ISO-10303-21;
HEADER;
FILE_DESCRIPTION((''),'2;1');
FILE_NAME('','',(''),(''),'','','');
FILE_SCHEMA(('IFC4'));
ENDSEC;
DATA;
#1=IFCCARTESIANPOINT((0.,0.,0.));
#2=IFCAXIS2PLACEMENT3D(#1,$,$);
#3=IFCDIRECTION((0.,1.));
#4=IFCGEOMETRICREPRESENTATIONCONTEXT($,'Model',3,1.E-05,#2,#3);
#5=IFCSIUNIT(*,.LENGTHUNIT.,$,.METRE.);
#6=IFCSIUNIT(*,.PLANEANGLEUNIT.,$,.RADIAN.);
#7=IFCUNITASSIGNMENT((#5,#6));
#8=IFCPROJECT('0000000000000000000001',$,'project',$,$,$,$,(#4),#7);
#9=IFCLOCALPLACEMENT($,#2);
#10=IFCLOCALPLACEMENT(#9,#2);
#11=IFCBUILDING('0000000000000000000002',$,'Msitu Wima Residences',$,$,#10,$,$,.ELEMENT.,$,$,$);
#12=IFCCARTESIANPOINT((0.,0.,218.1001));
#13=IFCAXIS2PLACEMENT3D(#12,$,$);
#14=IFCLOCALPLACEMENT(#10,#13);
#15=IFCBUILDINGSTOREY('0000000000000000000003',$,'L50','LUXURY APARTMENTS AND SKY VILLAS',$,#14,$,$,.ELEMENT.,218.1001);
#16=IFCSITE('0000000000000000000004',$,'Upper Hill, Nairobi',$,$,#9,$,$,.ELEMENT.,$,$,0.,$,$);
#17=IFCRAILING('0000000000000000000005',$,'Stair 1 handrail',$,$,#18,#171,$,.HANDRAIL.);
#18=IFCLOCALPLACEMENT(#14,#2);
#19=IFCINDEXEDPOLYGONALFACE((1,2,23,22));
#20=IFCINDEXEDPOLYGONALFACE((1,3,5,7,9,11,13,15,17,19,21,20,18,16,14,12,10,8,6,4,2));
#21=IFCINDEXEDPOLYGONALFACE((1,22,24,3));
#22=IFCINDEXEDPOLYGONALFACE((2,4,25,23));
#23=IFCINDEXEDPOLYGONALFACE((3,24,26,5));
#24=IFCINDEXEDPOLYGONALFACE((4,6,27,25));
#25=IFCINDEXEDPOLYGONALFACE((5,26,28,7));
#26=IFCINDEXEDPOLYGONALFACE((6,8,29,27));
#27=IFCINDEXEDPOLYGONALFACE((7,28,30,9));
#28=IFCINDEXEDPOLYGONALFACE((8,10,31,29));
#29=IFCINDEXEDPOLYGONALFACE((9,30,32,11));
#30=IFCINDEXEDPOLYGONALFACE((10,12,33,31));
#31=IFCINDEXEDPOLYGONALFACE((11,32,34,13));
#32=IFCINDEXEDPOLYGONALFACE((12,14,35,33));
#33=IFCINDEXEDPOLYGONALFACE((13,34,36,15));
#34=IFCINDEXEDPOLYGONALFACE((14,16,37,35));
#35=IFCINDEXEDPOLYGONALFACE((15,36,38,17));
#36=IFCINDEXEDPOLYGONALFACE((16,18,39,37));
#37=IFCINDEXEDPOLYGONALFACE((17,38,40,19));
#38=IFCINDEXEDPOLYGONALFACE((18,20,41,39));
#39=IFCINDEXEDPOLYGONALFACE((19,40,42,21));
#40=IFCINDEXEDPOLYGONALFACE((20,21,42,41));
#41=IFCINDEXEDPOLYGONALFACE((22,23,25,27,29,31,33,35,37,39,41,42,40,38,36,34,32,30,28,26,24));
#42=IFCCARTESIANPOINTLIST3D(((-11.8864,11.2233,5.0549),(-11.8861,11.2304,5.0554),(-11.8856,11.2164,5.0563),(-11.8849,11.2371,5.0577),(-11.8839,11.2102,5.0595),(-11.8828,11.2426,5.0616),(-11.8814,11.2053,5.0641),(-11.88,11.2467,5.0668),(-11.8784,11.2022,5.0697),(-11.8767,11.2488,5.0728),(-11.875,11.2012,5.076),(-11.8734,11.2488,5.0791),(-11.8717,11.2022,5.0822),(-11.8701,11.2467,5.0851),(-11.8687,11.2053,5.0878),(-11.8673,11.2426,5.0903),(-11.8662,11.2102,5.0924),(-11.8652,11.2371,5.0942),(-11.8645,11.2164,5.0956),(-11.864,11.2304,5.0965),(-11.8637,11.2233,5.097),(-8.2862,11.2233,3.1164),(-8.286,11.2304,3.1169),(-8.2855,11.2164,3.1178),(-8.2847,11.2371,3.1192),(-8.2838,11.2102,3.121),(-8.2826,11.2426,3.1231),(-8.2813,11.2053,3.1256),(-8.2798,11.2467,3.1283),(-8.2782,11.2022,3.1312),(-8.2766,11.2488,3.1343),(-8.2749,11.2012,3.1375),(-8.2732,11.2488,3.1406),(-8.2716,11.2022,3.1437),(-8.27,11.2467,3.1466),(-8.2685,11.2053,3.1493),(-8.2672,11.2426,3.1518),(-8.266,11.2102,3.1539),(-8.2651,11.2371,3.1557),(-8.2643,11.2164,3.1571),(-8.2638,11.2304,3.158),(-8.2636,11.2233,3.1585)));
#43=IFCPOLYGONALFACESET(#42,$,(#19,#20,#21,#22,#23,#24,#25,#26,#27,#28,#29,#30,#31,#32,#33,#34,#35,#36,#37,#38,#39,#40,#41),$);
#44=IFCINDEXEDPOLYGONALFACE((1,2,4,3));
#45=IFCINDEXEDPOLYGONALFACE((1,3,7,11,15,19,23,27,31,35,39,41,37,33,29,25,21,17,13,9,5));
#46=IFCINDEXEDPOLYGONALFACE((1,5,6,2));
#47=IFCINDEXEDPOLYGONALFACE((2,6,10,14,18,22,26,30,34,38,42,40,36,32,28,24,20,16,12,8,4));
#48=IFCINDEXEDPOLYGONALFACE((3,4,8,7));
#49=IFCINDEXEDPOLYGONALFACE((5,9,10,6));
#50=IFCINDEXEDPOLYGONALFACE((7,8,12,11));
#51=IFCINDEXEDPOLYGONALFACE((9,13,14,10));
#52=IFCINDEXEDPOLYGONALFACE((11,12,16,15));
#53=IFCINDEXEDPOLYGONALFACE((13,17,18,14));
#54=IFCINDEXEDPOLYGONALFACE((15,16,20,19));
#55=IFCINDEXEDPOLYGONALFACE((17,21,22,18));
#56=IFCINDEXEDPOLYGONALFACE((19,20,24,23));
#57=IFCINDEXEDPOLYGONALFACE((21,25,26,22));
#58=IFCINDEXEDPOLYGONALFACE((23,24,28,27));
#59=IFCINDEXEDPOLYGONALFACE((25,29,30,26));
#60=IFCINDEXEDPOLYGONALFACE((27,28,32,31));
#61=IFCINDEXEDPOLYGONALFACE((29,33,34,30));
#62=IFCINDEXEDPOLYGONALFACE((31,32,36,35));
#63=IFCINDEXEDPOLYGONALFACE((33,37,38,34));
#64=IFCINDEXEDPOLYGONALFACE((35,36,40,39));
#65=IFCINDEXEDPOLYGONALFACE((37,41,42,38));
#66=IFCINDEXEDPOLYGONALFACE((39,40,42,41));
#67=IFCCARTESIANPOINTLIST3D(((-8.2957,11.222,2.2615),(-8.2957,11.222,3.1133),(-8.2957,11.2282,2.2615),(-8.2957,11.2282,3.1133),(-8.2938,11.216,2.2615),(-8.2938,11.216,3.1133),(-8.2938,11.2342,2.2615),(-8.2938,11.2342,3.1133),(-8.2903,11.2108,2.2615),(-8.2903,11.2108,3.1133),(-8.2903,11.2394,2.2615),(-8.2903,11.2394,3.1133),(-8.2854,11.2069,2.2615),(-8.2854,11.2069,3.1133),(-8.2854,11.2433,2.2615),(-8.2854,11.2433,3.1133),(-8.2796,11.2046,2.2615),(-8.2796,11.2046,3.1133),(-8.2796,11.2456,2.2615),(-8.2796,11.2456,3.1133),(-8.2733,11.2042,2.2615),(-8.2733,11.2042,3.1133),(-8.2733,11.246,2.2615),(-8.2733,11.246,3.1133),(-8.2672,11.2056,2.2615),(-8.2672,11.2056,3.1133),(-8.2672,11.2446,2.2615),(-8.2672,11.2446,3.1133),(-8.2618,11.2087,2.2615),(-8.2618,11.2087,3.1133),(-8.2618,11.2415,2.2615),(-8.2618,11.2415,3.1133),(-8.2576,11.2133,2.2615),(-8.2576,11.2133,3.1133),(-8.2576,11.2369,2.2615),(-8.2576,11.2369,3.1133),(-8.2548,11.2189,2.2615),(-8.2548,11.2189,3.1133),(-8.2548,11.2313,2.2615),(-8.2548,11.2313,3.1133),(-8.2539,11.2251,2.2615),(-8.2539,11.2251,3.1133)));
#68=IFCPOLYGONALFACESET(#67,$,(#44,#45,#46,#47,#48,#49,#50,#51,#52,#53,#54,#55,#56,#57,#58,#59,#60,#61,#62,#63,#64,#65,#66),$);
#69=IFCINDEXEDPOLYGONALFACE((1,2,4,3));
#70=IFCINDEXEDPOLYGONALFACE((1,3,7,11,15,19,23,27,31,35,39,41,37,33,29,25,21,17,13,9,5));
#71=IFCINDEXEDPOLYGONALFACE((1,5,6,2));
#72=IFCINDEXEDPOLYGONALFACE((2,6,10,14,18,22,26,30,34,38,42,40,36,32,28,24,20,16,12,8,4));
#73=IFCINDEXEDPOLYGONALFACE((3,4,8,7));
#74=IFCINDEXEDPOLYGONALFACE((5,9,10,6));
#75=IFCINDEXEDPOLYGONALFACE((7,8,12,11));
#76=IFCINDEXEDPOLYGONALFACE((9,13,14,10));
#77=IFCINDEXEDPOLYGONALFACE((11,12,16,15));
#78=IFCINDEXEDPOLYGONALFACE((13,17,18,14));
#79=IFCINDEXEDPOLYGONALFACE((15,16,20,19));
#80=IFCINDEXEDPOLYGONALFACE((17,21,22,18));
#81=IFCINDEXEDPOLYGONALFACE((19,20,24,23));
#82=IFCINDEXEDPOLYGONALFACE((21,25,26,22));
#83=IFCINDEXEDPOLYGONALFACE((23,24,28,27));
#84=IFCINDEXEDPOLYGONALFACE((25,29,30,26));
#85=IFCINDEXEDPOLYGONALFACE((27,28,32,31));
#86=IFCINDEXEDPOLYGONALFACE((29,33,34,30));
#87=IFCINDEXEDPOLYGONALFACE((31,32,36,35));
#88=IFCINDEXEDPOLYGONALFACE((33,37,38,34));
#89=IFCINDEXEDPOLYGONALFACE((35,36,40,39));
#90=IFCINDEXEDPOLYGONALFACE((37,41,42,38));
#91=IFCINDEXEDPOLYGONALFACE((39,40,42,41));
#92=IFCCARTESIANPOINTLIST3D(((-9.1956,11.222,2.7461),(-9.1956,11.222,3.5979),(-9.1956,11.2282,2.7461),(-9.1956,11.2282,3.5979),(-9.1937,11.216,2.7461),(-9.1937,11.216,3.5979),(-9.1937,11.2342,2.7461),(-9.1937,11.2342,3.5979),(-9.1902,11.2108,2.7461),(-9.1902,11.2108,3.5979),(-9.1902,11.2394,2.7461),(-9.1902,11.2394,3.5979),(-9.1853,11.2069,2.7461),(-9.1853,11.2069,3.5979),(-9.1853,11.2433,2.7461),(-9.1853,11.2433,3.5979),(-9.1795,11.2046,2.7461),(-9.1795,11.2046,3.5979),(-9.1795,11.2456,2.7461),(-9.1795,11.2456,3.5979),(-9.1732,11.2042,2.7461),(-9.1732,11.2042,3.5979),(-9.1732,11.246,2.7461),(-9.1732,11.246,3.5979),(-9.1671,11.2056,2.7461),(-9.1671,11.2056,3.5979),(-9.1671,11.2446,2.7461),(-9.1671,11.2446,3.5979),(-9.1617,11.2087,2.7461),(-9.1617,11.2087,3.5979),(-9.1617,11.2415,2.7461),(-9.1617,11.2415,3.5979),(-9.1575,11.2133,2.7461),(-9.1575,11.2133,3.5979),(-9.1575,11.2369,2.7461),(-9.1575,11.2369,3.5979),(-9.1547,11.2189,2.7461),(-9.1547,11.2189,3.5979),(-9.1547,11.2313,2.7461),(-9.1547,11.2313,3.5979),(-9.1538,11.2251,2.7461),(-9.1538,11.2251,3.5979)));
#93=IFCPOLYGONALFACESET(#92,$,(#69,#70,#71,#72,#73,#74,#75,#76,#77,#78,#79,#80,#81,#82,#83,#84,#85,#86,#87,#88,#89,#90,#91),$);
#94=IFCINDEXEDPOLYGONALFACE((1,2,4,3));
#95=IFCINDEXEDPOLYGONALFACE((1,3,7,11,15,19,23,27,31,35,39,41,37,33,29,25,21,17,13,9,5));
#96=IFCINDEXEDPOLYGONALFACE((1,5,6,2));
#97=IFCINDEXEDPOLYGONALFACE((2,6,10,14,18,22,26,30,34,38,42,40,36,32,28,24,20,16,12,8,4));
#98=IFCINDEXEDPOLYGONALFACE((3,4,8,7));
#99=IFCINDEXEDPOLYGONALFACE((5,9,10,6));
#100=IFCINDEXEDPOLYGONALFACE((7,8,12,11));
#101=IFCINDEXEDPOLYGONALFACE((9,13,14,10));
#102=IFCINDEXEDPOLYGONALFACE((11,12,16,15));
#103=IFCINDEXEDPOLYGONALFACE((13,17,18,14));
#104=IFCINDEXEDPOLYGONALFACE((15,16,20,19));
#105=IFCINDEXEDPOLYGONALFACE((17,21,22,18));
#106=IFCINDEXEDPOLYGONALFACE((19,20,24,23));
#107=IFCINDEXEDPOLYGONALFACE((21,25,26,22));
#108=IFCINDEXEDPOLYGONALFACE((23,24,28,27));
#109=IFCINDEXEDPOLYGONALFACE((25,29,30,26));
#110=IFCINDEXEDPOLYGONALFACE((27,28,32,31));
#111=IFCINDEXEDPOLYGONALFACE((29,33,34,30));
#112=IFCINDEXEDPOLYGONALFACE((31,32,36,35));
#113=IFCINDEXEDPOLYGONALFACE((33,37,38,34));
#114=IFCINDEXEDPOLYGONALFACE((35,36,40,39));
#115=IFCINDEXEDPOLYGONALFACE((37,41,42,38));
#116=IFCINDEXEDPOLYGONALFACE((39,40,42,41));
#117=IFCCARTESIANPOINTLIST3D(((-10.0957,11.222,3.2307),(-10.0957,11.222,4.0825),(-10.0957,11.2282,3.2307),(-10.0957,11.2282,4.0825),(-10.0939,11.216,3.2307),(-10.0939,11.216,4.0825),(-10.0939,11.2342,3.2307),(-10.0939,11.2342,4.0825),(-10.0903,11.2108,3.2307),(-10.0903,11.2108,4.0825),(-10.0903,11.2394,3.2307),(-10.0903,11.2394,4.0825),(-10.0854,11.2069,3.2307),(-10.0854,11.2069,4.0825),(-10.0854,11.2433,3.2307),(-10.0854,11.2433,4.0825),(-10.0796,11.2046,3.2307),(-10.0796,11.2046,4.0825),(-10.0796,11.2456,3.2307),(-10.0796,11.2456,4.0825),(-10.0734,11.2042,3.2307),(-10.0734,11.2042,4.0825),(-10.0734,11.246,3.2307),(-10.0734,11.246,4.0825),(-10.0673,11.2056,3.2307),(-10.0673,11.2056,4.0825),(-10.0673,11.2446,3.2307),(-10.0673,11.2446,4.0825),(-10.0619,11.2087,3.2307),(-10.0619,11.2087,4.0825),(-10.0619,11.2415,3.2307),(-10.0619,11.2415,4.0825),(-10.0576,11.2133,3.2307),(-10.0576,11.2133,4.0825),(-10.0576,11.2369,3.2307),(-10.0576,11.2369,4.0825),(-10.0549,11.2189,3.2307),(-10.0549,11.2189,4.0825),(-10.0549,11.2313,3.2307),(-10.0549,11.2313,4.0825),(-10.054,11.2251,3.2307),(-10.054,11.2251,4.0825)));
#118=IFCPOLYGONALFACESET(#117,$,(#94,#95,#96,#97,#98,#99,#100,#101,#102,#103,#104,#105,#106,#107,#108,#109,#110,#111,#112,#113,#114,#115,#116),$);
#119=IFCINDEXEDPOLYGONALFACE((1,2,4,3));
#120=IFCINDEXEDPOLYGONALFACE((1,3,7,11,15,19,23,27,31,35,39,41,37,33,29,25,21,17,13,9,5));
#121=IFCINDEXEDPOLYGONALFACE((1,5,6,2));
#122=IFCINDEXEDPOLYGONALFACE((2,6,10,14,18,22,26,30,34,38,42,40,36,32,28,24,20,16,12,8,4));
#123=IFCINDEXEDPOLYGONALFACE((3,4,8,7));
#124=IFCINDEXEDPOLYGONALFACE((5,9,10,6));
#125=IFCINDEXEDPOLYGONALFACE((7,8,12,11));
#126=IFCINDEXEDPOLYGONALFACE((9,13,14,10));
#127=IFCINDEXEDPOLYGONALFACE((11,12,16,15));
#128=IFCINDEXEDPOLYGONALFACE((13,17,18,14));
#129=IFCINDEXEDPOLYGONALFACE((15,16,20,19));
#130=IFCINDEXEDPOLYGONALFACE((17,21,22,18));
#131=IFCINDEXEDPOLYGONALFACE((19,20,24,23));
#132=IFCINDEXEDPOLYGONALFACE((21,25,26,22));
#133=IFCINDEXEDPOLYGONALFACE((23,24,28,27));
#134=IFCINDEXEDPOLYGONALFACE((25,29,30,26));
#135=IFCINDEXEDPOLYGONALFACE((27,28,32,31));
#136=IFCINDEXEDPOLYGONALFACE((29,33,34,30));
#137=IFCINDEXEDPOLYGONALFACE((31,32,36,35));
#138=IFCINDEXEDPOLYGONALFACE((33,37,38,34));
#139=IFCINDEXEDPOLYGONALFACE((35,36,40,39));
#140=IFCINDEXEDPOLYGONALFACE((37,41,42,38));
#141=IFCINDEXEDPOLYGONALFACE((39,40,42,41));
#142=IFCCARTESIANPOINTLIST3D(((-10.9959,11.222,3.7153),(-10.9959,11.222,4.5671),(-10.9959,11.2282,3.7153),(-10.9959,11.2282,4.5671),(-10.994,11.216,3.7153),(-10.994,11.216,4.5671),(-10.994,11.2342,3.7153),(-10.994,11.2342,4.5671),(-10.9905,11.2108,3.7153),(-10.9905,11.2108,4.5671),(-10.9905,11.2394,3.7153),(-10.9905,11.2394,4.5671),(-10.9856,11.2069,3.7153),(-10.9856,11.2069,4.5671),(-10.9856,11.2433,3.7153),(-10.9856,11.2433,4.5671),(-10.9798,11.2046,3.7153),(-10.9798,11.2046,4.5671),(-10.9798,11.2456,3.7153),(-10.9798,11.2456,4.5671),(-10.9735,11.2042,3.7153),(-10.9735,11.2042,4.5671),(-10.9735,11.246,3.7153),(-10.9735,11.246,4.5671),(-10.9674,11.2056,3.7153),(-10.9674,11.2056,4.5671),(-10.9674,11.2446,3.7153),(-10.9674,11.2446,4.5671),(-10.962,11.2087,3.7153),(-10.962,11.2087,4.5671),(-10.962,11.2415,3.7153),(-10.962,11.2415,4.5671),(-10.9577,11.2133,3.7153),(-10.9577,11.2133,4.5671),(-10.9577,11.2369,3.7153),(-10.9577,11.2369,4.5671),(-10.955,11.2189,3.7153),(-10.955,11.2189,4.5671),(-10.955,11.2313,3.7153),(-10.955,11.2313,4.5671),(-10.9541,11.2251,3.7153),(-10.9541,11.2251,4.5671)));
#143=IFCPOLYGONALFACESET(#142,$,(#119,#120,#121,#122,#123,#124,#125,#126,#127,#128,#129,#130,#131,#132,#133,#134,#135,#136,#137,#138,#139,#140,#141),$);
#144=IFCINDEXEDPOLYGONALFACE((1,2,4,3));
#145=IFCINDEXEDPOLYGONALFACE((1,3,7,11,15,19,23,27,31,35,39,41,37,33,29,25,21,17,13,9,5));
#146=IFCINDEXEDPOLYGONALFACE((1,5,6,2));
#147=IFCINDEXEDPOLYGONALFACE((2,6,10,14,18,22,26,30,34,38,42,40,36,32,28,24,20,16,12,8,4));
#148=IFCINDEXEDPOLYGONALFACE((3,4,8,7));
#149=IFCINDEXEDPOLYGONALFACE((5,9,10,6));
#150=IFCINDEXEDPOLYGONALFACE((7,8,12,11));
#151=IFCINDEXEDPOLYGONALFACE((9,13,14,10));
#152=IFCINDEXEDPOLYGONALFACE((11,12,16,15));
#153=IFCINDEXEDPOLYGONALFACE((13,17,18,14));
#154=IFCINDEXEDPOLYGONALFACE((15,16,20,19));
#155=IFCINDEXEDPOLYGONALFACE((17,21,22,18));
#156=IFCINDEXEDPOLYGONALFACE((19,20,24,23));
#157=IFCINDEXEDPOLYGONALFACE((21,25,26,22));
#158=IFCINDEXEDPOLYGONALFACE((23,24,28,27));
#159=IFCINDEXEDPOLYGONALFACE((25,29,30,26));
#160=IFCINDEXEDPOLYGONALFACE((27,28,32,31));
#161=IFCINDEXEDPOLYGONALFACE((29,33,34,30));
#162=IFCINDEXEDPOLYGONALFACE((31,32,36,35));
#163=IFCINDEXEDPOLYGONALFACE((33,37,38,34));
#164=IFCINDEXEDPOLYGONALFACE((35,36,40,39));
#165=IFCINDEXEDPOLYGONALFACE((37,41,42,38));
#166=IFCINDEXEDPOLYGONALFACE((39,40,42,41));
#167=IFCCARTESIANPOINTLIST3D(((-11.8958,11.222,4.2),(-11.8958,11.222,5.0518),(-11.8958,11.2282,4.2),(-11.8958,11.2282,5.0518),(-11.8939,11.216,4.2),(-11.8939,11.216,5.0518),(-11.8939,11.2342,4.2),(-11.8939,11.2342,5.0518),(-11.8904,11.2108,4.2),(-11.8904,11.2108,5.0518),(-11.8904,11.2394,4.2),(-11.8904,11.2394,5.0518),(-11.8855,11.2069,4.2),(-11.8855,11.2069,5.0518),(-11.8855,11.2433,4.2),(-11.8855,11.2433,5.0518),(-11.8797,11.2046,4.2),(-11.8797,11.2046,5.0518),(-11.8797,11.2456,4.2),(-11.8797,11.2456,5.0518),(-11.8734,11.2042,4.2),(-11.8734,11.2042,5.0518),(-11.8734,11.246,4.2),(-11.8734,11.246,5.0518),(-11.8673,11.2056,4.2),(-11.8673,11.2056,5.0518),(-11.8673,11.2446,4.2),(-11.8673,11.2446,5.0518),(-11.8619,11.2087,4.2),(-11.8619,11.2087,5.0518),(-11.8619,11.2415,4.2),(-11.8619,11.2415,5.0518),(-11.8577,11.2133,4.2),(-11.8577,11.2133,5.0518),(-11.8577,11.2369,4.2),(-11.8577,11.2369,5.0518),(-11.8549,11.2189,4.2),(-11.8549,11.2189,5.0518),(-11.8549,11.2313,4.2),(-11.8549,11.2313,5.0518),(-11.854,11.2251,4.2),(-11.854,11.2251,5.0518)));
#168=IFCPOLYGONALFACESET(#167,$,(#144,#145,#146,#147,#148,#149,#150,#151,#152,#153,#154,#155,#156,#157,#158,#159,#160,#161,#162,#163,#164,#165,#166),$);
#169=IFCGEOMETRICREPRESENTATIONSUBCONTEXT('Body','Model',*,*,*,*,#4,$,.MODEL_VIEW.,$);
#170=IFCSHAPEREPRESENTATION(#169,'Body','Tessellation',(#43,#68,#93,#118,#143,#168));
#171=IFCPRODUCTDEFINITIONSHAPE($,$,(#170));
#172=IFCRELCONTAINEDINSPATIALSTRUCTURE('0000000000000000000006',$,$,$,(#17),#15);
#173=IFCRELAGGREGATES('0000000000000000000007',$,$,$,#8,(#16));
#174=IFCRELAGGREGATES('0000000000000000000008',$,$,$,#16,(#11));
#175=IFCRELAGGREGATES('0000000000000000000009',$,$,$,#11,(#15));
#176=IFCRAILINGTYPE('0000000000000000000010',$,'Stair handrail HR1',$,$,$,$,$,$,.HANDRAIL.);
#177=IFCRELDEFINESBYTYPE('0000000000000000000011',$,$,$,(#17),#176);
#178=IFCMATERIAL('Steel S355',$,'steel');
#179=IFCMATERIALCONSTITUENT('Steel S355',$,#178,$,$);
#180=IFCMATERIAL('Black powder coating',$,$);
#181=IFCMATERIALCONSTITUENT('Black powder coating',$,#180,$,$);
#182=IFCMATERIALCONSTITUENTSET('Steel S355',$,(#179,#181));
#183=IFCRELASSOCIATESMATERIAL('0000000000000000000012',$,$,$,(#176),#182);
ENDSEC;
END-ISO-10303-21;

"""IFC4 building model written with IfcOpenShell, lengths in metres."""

from ifc_helpers import new_model, si_unit, direction, frame, origin, origin_2d, place, context, subcontext, project, spatial, circle, extrude, material, constituent, constituent_set, type_object, element, save


model = new_model("IFC4")

# Units and contexts
model_context = context("Model", 3, precision=1e-05, world=origin(), true_north=direction((0.0, 1.0)))
body_context = subcontext(model_context, "Body", "Model", "MODEL_VIEW")
ifc_project = project(units=[si_unit("LENGTHUNIT", "METRE"), si_unit("PLANEANGLEUNIT", "RADIAN")], contexts=[model_context])

# Site, building, storey
site_placement = place(None, origin())
site = spatial("IfcSite", under=ifc_project, at=site_placement, Name="Upper Hill, Nairobi", CompositionType="ELEMENT", RefElevation=0.0)
building_placement = place(site_placement, origin())
building = spatial("IfcBuilding", under=site, at=building_placement, Name="Msitu Wima Residences", CompositionType="ELEMENT")
storey_placement = place(building_placement, frame((0.0, 0.0, 218.1001)))
storey = spatial("IfcBuildingStorey", under=building, at=storey_placement, Name="L50", Description="LUXURY APARTMENTS AND SKY VILLAS", CompositionType="ELEMENT", Elevation=218.1001)

# Railing
ifc_material_1 = material(Name="Steel S355", Category="steel")
ifc_constituent_1 = constituent(ifc_material_1, Name="Steel S355")
ifc_material_2 = material(Name="Black powder coating")
ifc_constituent_2 = constituent(ifc_material_2, Name="Black powder coating")
ifc_constituent_set = constituent_set(constituents=[ifc_constituent_1, ifc_constituent_2], Name="Steel S355")
railing_type = type_object("IfcRailingType", Name="Stair handrail HR1", PredefinedType="HANDRAIL", material=ifc_constituent_set)
for number, where, name in (
    (1, (-8.2749, 11.2251, 2.2615), "Stair 1 handrail"),
):
    element("IfcRailing", number, at=place(storey_placement, frame(where)), inside=storey, type_object=railing_type, Name=name, PredefinedType="HANDRAIL", context=body_context, shape_type="SweptSolid", body=[
        extrude(circle(Radius=0.0239, at=origin_2d()), frame((0.0, 0.0, 0.876), z_axis=(-0.880475, 0.0, 0.474093), x_axis=(0.0, -1.0, 0.0)), (0.0, 0.0, 1.0), 4.0889),
        extrude(circle(Radius=0.021, at=origin_2d()), origin(), (0.0, 0.0, 1.0), 0.8518),
        extrude(circle(Radius=0.021, at=origin_2d()), frame((-0.8999, 0.0, 0.4846)), (0.0, 0.0, 1.0), 0.8518),
        extrude(circle(Radius=0.021, at=origin_2d()), frame((-1.8, 0.0, 0.9692)), (0.0, 0.0, 1.0), 0.8518),
        extrude(circle(Radius=0.021, at=origin_2d()), frame((-2.7002, 0.0, 1.4539)), (0.0, 0.0, 1.0), 0.8518),
        extrude(circle(Radius=0.021, at=origin_2d()), frame((-3.6001, 0.0, 1.9385)), (0.0, 0.0, 1.0), 0.8518),
    ])

save(model, "model.ifc")
